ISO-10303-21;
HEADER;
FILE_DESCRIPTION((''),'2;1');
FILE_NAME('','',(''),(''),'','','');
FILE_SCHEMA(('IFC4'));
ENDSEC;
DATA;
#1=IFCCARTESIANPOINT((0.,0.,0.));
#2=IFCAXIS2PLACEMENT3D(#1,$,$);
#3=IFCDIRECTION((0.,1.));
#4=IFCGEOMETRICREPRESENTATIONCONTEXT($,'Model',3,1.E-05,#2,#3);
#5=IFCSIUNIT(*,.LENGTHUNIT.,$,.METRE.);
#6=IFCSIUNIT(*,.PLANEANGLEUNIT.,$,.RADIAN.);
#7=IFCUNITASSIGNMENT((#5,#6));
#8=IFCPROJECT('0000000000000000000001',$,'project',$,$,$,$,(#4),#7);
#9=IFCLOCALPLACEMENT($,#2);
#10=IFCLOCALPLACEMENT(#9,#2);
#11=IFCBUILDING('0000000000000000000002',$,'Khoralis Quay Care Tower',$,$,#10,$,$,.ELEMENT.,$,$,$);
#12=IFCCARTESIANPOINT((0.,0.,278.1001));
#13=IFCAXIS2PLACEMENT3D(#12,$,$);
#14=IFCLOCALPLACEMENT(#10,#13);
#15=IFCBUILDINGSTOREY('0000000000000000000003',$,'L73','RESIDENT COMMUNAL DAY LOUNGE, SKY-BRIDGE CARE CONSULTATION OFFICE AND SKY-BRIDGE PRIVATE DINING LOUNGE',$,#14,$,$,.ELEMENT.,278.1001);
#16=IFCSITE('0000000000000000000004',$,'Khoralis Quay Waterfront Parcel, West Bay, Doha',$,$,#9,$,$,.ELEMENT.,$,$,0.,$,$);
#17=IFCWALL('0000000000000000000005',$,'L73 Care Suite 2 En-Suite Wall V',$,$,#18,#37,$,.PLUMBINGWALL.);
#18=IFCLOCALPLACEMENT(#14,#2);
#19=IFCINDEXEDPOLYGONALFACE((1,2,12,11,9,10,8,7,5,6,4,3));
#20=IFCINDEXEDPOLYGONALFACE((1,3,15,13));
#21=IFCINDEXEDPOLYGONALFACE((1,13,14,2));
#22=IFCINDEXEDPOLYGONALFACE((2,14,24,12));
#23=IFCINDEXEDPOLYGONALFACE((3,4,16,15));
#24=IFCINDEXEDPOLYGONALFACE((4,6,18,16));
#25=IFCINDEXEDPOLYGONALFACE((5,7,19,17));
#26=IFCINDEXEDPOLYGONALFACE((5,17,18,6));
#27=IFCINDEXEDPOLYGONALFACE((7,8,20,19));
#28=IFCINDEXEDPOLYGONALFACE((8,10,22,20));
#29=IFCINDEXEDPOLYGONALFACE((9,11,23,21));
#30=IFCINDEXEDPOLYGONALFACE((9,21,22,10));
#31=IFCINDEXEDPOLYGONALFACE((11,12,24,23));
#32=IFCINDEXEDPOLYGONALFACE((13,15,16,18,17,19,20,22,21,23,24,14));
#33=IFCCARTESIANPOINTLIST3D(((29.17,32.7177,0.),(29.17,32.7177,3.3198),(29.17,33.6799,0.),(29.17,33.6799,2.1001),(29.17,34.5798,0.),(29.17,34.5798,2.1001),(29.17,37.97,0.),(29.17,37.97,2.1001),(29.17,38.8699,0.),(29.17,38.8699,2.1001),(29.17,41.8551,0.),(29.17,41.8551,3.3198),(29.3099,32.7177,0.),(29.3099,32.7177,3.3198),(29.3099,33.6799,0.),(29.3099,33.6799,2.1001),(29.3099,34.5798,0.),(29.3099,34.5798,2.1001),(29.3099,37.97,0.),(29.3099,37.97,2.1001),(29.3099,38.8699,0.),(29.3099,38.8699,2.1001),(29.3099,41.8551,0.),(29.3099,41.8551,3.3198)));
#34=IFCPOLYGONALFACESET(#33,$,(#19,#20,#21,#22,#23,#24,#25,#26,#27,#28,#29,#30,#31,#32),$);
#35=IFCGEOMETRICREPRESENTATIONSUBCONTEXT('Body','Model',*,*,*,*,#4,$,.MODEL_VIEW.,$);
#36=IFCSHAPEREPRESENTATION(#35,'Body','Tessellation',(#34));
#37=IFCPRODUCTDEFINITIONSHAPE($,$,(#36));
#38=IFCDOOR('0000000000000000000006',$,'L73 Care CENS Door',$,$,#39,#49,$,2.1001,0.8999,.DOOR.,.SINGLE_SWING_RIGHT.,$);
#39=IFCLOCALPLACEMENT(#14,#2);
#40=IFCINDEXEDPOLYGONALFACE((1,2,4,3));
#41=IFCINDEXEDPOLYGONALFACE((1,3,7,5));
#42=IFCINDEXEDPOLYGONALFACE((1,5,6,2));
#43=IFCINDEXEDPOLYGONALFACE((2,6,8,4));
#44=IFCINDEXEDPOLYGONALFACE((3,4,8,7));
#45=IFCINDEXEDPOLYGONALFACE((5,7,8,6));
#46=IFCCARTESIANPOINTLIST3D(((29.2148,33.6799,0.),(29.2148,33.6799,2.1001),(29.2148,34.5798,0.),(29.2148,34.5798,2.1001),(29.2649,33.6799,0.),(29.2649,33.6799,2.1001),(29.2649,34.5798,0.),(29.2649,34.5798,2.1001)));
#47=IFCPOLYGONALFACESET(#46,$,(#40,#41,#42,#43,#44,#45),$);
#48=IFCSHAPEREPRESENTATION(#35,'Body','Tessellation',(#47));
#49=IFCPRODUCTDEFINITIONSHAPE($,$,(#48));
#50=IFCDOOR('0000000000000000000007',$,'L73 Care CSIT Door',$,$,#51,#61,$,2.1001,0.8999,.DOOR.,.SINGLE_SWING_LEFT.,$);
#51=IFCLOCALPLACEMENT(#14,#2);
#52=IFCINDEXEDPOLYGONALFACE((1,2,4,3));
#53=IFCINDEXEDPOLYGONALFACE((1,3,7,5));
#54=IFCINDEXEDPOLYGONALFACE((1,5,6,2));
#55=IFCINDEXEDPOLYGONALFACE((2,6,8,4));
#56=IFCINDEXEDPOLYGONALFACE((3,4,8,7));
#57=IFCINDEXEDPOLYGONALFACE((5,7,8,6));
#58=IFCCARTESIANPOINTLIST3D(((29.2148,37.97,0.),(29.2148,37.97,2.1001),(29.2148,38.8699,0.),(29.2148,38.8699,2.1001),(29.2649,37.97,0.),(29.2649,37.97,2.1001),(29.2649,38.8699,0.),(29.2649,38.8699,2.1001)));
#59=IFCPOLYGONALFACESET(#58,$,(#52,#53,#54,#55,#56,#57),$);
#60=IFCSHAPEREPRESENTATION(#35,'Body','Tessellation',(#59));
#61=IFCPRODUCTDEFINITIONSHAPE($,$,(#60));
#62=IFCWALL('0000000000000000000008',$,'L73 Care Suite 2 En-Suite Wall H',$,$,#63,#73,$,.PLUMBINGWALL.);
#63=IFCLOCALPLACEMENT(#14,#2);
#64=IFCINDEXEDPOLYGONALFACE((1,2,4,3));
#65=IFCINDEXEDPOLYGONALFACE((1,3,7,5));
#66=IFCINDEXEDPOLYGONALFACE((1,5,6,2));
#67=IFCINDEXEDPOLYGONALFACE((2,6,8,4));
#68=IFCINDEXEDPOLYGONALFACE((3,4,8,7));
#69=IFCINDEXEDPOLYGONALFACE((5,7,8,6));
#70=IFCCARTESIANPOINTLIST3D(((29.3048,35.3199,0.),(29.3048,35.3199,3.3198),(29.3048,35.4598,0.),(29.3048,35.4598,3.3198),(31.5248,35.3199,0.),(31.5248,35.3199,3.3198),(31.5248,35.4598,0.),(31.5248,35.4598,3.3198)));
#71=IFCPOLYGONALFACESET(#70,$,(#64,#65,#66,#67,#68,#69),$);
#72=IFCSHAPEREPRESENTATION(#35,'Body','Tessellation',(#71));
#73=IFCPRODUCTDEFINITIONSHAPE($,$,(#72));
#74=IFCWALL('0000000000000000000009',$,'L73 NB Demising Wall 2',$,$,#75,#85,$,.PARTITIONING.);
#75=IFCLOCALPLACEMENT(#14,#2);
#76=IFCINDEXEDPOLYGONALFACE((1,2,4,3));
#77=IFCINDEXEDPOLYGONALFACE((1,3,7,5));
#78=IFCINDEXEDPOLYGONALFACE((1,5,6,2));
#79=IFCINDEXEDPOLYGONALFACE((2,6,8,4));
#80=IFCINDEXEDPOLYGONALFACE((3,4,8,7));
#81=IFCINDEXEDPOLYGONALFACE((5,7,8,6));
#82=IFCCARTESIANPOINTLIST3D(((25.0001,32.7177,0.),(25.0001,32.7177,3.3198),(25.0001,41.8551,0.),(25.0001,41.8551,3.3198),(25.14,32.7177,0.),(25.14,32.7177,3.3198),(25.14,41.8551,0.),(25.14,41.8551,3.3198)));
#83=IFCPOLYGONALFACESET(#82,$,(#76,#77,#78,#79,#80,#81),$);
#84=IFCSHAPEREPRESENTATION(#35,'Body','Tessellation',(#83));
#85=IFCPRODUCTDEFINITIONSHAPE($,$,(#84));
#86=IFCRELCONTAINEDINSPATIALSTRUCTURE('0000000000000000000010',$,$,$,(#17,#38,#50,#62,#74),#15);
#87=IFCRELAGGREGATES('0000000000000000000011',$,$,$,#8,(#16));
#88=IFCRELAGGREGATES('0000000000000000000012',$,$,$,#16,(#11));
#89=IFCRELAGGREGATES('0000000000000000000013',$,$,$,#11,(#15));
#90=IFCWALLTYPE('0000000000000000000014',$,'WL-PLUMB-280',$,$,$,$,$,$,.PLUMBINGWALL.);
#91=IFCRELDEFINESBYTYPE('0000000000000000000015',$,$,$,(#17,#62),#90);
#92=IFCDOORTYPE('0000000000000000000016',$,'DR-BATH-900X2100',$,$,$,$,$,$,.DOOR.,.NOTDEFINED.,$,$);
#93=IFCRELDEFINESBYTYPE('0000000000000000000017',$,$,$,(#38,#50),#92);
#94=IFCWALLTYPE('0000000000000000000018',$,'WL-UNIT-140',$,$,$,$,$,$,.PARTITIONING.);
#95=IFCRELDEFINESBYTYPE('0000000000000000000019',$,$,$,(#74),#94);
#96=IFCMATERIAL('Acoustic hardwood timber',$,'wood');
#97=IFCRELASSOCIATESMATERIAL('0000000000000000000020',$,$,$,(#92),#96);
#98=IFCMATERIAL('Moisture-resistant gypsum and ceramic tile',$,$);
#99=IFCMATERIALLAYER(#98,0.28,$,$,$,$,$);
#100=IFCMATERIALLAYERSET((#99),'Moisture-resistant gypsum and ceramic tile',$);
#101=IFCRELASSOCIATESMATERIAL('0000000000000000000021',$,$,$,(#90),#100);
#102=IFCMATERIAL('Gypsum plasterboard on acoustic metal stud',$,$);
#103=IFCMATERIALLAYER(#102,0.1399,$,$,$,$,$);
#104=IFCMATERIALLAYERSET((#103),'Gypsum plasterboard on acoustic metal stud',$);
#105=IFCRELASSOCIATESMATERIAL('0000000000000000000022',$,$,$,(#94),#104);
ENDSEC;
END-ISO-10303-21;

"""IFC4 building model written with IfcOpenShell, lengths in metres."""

from ifc_helpers import new_model, si_unit, direction, frame, frame_2d, origin, place, context, subcontext, project, spatial, rectangle, extrude, source, transform, mapped, material, layer, layer_set, type_object, element, fill, save


model = new_model("IFC4")

# Units and contexts
model_context = context("Model", 3, precision=1e-05, world=origin(), true_north=direction((0.0, 1.0)))
body_context = subcontext(model_context, "Body", "Model", "MODEL_VIEW")
ifc_project = project(units=[si_unit("LENGTHUNIT", "METRE"), si_unit("PLANEANGLEUNIT", "RADIAN")], contexts=[model_context])

# Site, building, storey
site_placement = place(None, origin())
site = spatial("IfcSite", under=ifc_project, at=site_placement, Name="Khoralis Quay Waterfront Parcel, West Bay, Doha", CompositionType="ELEMENT", RefElevation=0.0)
building_placement = place(site_placement, origin())
building = spatial("IfcBuilding", under=site, at=building_placement, Name="Khoralis Quay Care Tower", CompositionType="ELEMENT")
storey_placement = place(building_placement, frame((0.0, 0.0, 278.1001)))
storey = spatial("IfcBuildingStorey", under=building, at=storey_placement, Name="L73", Description="RESIDENT COMMUNAL DAY LOUNGE, SKY-BRIDGE CARE CONSULTATION OFFICE AND SKY-BRIDGE PRIVATE DINING LOUNGE", CompositionType="ELEMENT", Elevation=278.1001)

# Shared definitions
ifc_material_1 = material(Name="Gypsum plasterboard on acoustic metal stud")

# Shared definitions
ifc_material_2 = material(Name="Acoustic hardwood timber", Category="wood")
door_type_1 = type_object("IfcDoorType", Name="DR-BATH-900X2100", OperationType="NOTDEFINED", PredefinedType="DOOR", material=ifc_material_2)
shared_shape_1 = source(origin(), body_context, "Body", "SweptSolid", [
    extrude(rectangle(XDim=0.8999, YDim=2.1001, at=frame_2d((0.45, 1.05))), frame((0.0, 0.0249, 0.0), z_axis=(0.0, -1.0, 0.0), x_axis=(1.0, 0.0, 0.0)), (0.0, 0.0, 1.0), 0.05),
])

# Shared definitions
ifc_material_3 = material(Name="Moisture-resistant gypsum and ceramic tile")
ifc_layer_1 = layer(ifc_material_3, 0.28)
ifc_layer_set_1 = layer_set([ifc_layer_1], Name="Moisture-resistant gypsum and ceramic tile")
wall_type_1 = type_object("IfcWallType", Name="WL-PLUMB-280", PredefinedType="PLUMBINGWALL", material=ifc_layer_set_1)

# Wall, openings, doors
wall_1_placement = place(storey_placement, frame((29.24, 32.7175, 0.0), z_axis=(0.0, 0.0, 1.0), x_axis=(0.0, 1.0, 0.0)))
wall_1 = element("IfcWall", 1, at=wall_1_placement, inside=storey, type_object=wall_type_1, Name="L73 Care Suite 2 En-Suite Wall V", PredefinedType="PLUMBINGWALL", context=body_context, shape_type="SweptSolid", body=[
    extrude(rectangle(XDim=9.1375, YDim=0.1399, at=frame_2d((4.5688, 0.0))), origin(), (0.0, 0.0, 1.0), 3.3198),
])
opening_1_placement = place(wall_1_placement, frame((0.9624, 0.0, 0.0)))
opening_1 = element("IfcOpeningElement", 2, at=opening_1_placement, cuts=wall_1, PredefinedType="OPENING", context=body_context, shape_type="SweptSolid", body=[
    extrude(rectangle(XDim=0.8999, YDim=2.1001, at=frame_2d((0.45, 1.05))), frame((0.0, 0.0801, 0.0), z_axis=(0.0, -1.0, 0.0), x_axis=(1.0, 0.0, 0.0)), (0.0, 0.0, 1.0), 0.1599),
])
opening_2_placement = place(wall_1_placement, frame((5.2524, 0.0, 0.0)))
opening_2 = element("IfcOpeningElement", 3, at=opening_2_placement, cuts=wall_1, PredefinedType="OPENING", context=body_context, shape_type="SweptSolid", body=[
    extrude(rectangle(XDim=0.8999, YDim=2.1001, at=frame_2d((0.45, 1.05))), frame((0.0, 0.0801, 0.0), z_axis=(0.0, -1.0, 0.0), x_axis=(1.0, 0.0, 0.0)), (0.0, 0.0, 1.0), 0.1599),
])
door_1_placement = place(opening_1_placement, frame((0.8999, 0.0, 0.0), z_axis=(0.0, 0.0, 1.0), x_axis=(-1.0, 0.0, 0.0)))
door_1 = element("IfcDoor", 4, at=door_1_placement, inside=storey, type_object=door_type_1, Name="L73 Care CENS Door", OperationType="SINGLE_SWING_RIGHT", OverallHeight=2.1001, OverallWidth=0.8999, PredefinedType="DOOR", context=body_context, shape_type="MappedRepresentation", body=[
    mapped(shared_shape_1, transform((0.0, 0.0, 0.0), scale=1.0)),
])
fill(opening_1, door_1)
door_2_placement = place(opening_2_placement, frame((0.8999, 0.0, 0.0), z_axis=(0.0, 0.0, 1.0), x_axis=(-1.0, 0.0, 0.0)))
door_2 = element("IfcDoor", 5, at=door_2_placement, inside=storey, type_object=door_type_1, Name="L73 Care CSIT Door", OperationType="SINGLE_SWING_LEFT", OverallHeight=2.1001, OverallWidth=0.8999, PredefinedType="DOOR", context=body_context, shape_type="MappedRepresentation", body=[
    mapped(shared_shape_1, transform((0.0, 0.0, 0.0), scale=1.0)),
])
fill(opening_2, door_2)

# Walls
wall_2_placement = place(storey_placement, frame((29.3049, 35.3899, 0.0), z_axis=(0.0, 0.0, 1.0), x_axis=(1.0, 0.0, 0.0)))
element("IfcWall", 6, at=wall_2_placement, inside=storey, type_object=wall_type_1, Name="L73 Care Suite 2 En-Suite Wall H", PredefinedType="PLUMBINGWALL", context=body_context, shape_type="SweptSolid", body=[
    extrude(rectangle(XDim=2.22, YDim=0.1399, at=frame_2d((1.1099, 0.0))), origin(), (0.0, 0.0, 1.0), 3.3198),
])
ifc_layer_2 = layer(ifc_material_1, 0.1399)
ifc_layer_set_2 = layer_set([ifc_layer_2], Name="Gypsum plasterboard on acoustic metal stud")
wall_type_2 = type_object("IfcWallType", Name="WL-UNIT-140", PredefinedType="PARTITIONING", material=ifc_layer_set_2)
wall_3_placement = place(storey_placement, frame((25.0701, 32.7175, 0.0), z_axis=(0.0, 0.0, 1.0), x_axis=(0.0, 1.0, 0.0)))
element("IfcWall", 7, at=wall_3_placement, inside=storey, type_object=wall_type_2, Name="L73 NB Demising Wall 2", PredefinedType="PARTITIONING", context=body_context, shape_type="SweptSolid", body=[
    extrude(rectangle(XDim=9.1375, YDim=0.1399, at=frame_2d((4.5688, 0.0))), origin(), (0.0, 0.0, 1.0), 3.3198),
])

save(model, "model.ifc")
